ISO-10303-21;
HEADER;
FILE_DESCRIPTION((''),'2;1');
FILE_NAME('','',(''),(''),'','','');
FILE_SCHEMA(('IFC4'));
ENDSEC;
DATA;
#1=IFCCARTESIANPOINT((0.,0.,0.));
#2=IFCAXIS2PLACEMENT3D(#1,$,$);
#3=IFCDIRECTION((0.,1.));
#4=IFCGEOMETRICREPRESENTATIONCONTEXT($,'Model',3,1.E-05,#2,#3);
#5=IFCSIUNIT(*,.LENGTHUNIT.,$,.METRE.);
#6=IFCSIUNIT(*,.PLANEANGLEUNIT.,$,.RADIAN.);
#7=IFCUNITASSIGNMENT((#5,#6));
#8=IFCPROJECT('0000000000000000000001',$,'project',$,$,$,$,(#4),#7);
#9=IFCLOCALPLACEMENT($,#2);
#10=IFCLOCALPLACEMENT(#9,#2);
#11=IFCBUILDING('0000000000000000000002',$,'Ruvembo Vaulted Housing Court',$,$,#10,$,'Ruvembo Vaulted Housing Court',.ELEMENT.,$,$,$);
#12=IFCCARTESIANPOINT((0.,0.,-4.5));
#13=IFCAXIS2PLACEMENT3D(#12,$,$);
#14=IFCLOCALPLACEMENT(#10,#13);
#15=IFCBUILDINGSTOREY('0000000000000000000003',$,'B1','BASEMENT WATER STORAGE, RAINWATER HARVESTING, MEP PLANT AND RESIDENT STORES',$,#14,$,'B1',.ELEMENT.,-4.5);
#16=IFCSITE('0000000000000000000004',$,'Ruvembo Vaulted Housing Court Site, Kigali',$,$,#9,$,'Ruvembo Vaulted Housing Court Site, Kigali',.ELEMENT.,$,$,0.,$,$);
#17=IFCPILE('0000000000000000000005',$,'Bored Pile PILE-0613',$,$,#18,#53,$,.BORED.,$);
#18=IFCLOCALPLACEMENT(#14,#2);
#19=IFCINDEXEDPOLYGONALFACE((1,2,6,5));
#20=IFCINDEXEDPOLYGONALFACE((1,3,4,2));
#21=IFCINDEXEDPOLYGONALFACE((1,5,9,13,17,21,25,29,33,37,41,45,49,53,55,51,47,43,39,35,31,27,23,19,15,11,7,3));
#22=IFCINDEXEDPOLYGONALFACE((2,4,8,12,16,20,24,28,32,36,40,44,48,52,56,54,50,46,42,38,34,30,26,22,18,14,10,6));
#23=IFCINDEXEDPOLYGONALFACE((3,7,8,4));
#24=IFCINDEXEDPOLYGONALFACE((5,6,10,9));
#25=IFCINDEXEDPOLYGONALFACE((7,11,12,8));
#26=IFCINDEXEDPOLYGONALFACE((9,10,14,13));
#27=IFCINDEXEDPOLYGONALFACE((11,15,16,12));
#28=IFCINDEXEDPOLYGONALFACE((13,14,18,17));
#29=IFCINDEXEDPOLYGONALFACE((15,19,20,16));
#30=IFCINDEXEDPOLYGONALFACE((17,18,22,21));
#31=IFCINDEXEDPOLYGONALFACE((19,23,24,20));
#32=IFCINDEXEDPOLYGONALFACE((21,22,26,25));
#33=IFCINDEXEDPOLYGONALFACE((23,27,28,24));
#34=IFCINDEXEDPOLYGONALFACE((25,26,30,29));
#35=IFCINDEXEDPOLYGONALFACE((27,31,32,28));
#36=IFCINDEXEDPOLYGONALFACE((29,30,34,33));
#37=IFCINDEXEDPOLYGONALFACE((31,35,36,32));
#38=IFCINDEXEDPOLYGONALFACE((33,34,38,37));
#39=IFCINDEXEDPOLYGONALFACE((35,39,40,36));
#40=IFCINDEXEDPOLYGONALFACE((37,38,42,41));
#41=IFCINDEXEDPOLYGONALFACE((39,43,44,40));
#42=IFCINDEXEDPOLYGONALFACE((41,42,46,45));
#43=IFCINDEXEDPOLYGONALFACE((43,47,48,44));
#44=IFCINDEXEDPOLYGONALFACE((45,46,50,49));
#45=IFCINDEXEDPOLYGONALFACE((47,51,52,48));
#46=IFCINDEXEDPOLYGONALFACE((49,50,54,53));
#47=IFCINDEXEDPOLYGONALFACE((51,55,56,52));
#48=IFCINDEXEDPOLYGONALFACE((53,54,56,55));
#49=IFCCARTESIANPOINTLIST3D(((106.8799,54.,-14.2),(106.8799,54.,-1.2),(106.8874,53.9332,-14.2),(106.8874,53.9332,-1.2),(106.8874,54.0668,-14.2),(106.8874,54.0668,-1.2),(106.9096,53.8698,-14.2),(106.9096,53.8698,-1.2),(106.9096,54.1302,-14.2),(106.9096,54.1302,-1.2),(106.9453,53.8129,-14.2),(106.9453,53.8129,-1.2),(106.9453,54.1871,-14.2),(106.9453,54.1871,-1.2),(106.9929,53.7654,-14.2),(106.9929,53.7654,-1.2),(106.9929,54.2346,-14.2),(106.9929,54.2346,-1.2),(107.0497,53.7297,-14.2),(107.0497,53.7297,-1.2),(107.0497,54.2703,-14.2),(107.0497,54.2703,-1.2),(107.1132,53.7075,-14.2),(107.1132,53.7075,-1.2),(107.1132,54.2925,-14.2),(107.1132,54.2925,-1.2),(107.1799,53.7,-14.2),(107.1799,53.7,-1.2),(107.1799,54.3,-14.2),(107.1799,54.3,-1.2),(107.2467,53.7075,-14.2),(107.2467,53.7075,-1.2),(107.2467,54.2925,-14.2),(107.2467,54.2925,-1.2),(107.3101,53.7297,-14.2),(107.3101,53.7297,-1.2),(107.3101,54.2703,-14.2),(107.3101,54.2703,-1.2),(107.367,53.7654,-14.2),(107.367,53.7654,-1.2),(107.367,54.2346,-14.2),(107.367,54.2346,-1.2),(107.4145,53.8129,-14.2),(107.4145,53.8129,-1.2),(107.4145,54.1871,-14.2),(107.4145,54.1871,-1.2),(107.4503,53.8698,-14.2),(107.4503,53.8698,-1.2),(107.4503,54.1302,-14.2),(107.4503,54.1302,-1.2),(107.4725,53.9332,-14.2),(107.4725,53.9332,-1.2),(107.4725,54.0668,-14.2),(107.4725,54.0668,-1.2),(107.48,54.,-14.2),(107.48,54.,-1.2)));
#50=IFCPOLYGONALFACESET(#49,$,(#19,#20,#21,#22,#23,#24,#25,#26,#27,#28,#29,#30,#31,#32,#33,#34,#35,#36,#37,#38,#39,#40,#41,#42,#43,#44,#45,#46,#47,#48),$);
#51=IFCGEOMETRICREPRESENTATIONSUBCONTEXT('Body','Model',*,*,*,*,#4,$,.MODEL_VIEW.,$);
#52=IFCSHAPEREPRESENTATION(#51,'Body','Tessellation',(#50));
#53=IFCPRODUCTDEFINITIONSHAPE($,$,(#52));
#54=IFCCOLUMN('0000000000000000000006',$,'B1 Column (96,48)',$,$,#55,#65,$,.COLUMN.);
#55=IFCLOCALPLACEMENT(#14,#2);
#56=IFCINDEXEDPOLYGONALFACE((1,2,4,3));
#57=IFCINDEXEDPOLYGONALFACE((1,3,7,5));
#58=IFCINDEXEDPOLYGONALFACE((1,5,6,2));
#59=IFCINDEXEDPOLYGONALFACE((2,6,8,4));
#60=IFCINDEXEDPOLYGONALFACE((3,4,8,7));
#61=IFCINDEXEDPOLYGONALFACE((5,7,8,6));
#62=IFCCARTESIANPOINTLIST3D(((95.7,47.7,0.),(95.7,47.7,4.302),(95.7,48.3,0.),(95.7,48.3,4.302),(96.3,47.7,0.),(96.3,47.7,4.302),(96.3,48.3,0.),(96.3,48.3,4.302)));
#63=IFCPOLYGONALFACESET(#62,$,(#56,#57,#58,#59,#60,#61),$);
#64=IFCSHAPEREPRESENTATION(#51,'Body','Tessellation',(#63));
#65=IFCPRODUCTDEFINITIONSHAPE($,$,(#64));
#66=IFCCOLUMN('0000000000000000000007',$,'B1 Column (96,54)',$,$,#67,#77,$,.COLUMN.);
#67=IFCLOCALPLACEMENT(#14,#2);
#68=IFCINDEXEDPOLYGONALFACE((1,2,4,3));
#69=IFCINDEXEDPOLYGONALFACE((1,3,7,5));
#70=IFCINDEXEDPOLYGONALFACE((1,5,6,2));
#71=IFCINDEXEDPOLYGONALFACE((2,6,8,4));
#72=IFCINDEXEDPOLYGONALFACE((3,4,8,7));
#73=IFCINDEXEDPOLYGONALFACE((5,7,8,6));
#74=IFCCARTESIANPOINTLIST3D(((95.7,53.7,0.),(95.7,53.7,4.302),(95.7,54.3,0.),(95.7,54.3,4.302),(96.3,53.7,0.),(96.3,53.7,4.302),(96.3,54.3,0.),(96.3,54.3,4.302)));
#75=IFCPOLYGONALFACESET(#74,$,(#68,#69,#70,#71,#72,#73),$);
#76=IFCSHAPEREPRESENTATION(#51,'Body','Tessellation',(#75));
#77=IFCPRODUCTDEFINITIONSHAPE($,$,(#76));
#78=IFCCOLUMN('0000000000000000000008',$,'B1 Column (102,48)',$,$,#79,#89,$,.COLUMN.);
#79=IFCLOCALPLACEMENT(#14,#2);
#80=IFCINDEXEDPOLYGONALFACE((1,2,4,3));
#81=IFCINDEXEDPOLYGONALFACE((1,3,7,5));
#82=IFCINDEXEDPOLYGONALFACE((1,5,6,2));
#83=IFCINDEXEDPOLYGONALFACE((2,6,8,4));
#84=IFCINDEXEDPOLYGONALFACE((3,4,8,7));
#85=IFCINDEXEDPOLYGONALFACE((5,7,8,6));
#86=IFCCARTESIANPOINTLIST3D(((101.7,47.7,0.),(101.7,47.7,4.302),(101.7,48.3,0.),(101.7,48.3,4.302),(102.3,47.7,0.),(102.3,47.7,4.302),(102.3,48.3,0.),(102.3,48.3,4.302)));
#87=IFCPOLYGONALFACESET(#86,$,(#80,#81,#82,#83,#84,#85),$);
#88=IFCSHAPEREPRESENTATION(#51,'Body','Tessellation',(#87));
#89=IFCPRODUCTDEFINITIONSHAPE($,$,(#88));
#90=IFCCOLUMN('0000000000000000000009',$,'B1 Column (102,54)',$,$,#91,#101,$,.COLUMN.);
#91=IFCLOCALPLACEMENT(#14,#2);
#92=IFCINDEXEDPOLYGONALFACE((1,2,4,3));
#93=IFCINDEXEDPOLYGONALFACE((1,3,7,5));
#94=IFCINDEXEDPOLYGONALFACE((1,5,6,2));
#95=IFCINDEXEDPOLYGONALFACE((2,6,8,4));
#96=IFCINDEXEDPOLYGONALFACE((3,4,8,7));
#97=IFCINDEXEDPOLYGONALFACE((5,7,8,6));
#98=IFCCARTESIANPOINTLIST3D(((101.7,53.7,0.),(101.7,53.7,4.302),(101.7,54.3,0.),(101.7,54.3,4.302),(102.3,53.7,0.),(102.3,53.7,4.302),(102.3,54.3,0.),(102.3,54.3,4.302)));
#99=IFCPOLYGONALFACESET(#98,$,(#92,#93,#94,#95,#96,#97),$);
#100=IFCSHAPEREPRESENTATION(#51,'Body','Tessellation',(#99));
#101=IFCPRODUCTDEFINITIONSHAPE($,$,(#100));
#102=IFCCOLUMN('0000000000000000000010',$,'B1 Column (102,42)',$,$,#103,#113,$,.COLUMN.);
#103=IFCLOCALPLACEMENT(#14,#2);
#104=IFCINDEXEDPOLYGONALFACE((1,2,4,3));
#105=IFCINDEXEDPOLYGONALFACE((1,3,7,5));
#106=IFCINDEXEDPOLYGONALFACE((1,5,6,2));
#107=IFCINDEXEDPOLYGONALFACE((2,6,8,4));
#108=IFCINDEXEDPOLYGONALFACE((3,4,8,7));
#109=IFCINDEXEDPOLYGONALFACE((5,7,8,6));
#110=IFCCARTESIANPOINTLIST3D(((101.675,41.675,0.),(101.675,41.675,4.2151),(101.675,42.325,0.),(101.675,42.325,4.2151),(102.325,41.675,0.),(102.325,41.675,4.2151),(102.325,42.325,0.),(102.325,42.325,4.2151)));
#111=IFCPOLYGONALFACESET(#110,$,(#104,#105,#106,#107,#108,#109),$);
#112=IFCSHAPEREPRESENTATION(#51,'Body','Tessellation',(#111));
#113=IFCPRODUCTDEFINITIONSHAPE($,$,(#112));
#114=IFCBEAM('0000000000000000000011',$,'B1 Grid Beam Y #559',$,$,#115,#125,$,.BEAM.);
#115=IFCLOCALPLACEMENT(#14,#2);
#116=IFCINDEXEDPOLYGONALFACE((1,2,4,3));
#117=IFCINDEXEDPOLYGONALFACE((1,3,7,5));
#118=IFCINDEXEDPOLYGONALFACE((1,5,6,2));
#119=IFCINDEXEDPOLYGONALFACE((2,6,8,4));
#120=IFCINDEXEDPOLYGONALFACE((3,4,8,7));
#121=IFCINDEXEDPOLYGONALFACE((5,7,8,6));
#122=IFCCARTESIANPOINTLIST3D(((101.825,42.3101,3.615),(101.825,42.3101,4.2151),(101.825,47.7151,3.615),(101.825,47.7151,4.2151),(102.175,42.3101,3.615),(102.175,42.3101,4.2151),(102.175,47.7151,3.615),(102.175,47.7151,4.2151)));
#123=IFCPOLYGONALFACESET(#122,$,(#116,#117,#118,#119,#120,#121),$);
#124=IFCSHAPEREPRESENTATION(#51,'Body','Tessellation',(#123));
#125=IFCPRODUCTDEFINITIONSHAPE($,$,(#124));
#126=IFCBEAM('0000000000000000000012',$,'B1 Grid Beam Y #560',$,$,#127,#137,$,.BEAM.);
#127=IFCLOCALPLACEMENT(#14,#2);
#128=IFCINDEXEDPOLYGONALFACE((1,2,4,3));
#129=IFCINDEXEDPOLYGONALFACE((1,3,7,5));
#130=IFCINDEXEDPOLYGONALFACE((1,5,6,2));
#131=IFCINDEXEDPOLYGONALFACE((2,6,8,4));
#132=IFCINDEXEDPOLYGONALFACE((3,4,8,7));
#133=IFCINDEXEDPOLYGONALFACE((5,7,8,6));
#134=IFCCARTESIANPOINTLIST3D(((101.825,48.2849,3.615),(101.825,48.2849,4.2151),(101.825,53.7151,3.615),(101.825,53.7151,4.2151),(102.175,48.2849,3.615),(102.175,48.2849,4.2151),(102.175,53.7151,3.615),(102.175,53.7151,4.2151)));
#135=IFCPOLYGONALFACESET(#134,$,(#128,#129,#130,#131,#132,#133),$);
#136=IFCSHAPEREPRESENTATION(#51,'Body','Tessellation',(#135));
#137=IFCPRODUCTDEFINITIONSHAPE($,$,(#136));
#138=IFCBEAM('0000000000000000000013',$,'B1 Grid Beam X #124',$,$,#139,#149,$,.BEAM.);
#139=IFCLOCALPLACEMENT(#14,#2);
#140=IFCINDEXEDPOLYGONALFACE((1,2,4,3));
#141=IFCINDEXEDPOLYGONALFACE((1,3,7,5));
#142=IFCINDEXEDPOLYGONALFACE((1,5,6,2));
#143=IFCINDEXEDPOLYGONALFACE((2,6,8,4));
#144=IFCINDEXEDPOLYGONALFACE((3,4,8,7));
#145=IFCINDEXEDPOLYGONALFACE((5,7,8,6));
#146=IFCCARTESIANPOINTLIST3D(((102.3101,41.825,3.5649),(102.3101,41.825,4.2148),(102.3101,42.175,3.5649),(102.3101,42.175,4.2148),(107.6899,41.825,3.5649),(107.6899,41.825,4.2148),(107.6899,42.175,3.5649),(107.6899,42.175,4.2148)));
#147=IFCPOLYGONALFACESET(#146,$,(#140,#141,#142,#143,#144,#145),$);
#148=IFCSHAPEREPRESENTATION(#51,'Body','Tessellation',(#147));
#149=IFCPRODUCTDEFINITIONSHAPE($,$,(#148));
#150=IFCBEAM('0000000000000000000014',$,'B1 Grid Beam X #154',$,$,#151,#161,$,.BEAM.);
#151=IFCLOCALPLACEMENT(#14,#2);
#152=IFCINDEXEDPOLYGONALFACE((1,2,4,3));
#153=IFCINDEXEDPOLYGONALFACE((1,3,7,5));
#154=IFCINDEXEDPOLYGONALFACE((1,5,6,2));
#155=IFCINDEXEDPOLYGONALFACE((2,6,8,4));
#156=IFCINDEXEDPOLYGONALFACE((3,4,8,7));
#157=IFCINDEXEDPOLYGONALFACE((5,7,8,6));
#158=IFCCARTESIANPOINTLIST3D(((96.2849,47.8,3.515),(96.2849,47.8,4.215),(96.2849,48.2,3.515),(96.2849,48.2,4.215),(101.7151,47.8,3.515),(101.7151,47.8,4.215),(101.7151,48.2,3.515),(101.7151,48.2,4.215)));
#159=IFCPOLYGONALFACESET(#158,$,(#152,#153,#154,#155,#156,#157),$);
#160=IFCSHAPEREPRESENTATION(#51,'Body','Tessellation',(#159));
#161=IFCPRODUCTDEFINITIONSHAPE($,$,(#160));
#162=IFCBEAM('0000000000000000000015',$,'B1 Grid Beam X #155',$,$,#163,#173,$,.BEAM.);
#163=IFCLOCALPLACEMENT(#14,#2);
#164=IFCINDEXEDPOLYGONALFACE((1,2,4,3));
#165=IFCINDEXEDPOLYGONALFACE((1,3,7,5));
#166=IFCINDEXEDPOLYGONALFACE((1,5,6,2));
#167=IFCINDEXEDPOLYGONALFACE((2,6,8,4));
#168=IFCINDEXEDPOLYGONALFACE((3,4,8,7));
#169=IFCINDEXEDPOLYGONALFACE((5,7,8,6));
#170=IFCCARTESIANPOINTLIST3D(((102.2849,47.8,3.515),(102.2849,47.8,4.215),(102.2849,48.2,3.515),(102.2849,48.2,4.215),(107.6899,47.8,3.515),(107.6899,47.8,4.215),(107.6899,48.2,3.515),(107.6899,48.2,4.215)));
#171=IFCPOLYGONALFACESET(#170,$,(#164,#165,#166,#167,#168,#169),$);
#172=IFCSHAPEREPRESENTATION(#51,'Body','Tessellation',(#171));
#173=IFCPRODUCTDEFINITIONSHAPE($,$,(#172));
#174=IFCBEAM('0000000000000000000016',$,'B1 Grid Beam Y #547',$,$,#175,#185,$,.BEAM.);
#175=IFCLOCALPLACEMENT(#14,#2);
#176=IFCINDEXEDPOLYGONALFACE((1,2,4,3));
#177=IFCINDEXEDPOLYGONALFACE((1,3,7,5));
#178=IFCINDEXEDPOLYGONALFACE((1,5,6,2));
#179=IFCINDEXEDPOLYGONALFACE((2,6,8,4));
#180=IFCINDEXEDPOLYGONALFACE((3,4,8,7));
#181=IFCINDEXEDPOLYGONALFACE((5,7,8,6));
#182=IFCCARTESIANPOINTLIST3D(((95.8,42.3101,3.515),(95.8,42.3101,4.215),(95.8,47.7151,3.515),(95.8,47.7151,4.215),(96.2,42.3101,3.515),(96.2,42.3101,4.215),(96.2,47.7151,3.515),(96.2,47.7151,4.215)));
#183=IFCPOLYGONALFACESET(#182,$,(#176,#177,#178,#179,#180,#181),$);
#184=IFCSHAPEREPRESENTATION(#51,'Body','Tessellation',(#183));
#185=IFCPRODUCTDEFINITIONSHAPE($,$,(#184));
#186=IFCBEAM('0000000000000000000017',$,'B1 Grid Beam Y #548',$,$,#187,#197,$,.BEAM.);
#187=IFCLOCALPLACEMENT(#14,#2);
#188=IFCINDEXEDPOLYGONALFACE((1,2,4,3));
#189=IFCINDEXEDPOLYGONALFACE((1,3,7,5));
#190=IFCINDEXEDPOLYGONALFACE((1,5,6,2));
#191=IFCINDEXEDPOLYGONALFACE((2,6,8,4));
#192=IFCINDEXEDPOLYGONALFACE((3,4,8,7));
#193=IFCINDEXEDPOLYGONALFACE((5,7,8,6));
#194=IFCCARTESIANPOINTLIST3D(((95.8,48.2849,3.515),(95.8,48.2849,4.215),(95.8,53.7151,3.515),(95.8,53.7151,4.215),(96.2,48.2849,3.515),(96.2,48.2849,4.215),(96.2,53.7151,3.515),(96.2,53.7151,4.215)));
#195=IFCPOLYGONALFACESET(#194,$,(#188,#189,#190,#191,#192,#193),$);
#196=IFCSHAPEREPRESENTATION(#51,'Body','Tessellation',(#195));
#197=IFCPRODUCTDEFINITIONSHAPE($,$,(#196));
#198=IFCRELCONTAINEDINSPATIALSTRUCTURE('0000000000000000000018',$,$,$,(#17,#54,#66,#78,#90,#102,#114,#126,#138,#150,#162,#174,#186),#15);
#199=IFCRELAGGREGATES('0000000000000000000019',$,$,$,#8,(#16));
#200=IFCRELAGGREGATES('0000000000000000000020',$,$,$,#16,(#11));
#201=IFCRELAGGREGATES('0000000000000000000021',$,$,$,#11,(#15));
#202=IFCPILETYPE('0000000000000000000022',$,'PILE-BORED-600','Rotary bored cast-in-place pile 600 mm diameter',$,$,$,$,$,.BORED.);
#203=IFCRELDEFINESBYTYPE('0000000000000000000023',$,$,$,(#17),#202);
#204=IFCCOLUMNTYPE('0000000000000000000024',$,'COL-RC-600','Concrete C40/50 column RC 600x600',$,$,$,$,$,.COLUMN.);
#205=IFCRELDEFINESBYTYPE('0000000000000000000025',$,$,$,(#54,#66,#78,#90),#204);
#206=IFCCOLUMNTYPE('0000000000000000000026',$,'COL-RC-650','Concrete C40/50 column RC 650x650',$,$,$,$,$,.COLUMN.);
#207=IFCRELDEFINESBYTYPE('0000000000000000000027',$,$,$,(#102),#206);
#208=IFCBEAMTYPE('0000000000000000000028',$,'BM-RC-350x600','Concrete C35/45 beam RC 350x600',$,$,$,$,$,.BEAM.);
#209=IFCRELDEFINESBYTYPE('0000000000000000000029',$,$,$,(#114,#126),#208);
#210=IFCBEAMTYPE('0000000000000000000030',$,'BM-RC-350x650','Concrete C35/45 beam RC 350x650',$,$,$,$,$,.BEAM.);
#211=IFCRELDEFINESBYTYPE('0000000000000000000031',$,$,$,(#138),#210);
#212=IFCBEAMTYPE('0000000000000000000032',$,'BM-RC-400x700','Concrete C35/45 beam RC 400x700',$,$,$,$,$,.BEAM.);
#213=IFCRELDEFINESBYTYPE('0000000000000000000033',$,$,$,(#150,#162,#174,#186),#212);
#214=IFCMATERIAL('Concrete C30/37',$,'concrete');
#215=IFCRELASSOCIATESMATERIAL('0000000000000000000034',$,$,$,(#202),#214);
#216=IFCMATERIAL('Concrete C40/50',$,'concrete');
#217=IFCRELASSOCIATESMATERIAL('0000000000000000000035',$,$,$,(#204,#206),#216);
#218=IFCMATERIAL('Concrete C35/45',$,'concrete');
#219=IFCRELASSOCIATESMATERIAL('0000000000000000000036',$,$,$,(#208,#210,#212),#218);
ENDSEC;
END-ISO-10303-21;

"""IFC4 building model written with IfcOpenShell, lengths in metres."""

from ifc_helpers import new_model, si_unit, direction, frame, origin, origin_2d, place, context, subcontext, project, spatial, rectangle, circle, extrude, material, material_profile, profile_set, type_object, element, save


model = new_model("IFC4")

# Units and contexts
model_context = context("Model", 3, precision=1e-05, world=origin(), true_north=direction((0.0, 1.0)))
body_context = subcontext(model_context, "Body", "Model", "MODEL_VIEW")
ifc_project = project(units=[si_unit("LENGTHUNIT", "METRE"), si_unit("PLANEANGLEUNIT", "RADIAN")], contexts=[model_context])

# Site, building, storey
site_placement = place(None, origin())
site = spatial("IfcSite", under=ifc_project, at=site_placement, Name="Ruvembo Vaulted Housing Court Site, Kigali", LongName="Ruvembo Vaulted Housing Court Site, Kigali", CompositionType="ELEMENT", RefElevation=0.0)
building_placement = place(site_placement, origin())
building = spatial("IfcBuilding", under=site, at=building_placement, Name="Ruvembo Vaulted Housing Court", LongName="Ruvembo Vaulted Housing Court", CompositionType="ELEMENT")
storey_placement = place(building_placement, frame((0.0, 0.0, -4.5)))
storey = spatial("IfcBuildingStorey", under=building, at=storey_placement, Name="B1", Description="BASEMENT WATER STORAGE, RAINWATER HARVESTING, MEP PLANT AND RESIDENT STORES", LongName="B1", CompositionType="ELEMENT", Elevation=-4.5)

# Shared definitions
ifc_material_1 = material(Name="Concrete C35/45", Category="concrete")

# Pile
ifc_material_2 = material(Name="Concrete C30/37", Category="concrete")
ifc_material_profile_1 = material_profile(ifc_material_2, circle(Radius=0.3, at=origin_2d()), Name="PILE D600")
ifc_profile_set_1 = profile_set([ifc_material_profile_1], Name="Concrete C30/37")
pile_type = type_object("IfcPileType", Name="PILE-BORED-600", Description="Rotary bored cast-in-place pile 600 mm diameter", PredefinedType="BORED", material=ifc_profile_set_1)
for number, where, z_axis, x_axis, name in (
    (1, (107.1799, 54.0, -1.2), (0.0, 0.0, -1.0), (1.0, 0.0, 0.0), "Bored Pile PILE-0613"),
):
    element("IfcPile", number, at=place(storey_placement, frame(where, z_axis=z_axis, x_axis=x_axis)), inside=storey, type_object=pile_type, Name=name, PredefinedType="BORED", context=body_context, shape_type="SweptSolid", body=[
        extrude(circle(Radius=0.3, at=origin_2d()), origin(), (0.0, 0.0, 1.0), 13.0),
    ])

# Columns
ifc_material_3 = material(Name="Concrete C40/50", Category="concrete")
ifc_material_profile_2 = material_profile(ifc_material_3, rectangle(XDim=0.6001, YDim=0.6001, at=origin_2d()), Name="RC 600x600")
ifc_profile_set_2 = profile_set([ifc_material_profile_2], Name="Concrete C40/50")
column_type_1 = type_object("IfcColumnType", Name="COL-RC-600", Description="Concrete C40/50 column RC 600x600", PredefinedType="COLUMN", material=ifc_profile_set_2)
for number, where, z_axis, x_axis, name in (
    (2, (96.0, 48.0, 0.0), (0.0, 0.0, 1.0), (1.0, 0.0, 0.0), "B1 Column (96,48)"),
    (3, (96.0, 54.0, 0.0), (0.0, 0.0, 1.0), (1.0, 0.0, 0.0), "B1 Column (96,54)"),
    (4, (102.0, 48.0, 0.0), (0.0, 0.0, 1.0), (1.0, 0.0, 0.0), "B1 Column (102,48)"),
    (5, (102.0, 54.0, 0.0), (0.0, 0.0, 1.0), (1.0, 0.0, 0.0), "B1 Column (102,54)"),
):
    element("IfcColumn", number, at=place(storey_placement, frame(where, z_axis=z_axis, x_axis=x_axis)), inside=storey, type_object=column_type_1, Name=name, PredefinedType="COLUMN", context=body_context, shape_type="SweptSolid", body=[
        extrude(rectangle(XDim=0.6001, YDim=0.6001, at=origin_2d()), origin(), (0.0, 0.0, 1.0), 4.302),
    ])
ifc_material_profile_3 = material_profile(ifc_material_3, rectangle(XDim=0.6499, YDim=0.6499, at=origin_2d()), Name="RC 650x650")
ifc_profile_set_3 = profile_set([ifc_material_profile_3], Name="Concrete C40/50")
column_type_2 = type_object("IfcColumnType", Name="COL-RC-650", Description="Concrete C40/50 column RC 650x650", PredefinedType="COLUMN", material=ifc_profile_set_3)
column_placement = place(storey_placement, frame((102.0, 42.0, 0.0), z_axis=(0.0, 0.0, 1.0), x_axis=(1.0, 0.0, 0.0)))
element("IfcColumn", 6, at=column_placement, inside=storey, type_object=column_type_2, Name="B1 Column (102,42)", PredefinedType="COLUMN", context=body_context, shape_type="SweptSolid", body=[
    extrude(rectangle(XDim=0.6499, YDim=0.6499, at=origin_2d()), origin(), (0.0, 0.0, 1.0), 4.2151),
])

# Beams
ifc_material_profile_4 = material_profile(ifc_material_1, rectangle(XDim=0.3501, YDim=0.6001, at=origin_2d()), Name="RC 350x600")
ifc_profile_set_4 = profile_set([ifc_material_profile_4], Name="Concrete C35/45")
beam_type_1 = type_object("IfcBeamType", Name="BM-RC-350x600", Description="Concrete C35/45 beam RC 350x600", PredefinedType="BEAM", material=ifc_profile_set_4)
beam_1_placement = place(storey_placement, frame((102.0, 42.3101, 3.915), z_axis=(0.0, 1.0, 0.0), x_axis=(-1.0, 0.0, 0.0)))
element("IfcBeam", 7, at=beam_1_placement, inside=storey, type_object=beam_type_1, Name="B1 Grid Beam Y #559", PredefinedType="BEAM", context=body_context, shape_type="SweptSolid", body=[
    extrude(rectangle(XDim=0.3501, YDim=0.6001, at=origin_2d()), origin(), (0.0, 0.0, 1.0), 5.405),
])
beam_2_placement = place(storey_placement, frame((102.0, 48.2849, 3.915), z_axis=(0.0, 1.0, 0.0), x_axis=(-1.0, 0.0, 0.0)))
element("IfcBeam", 8, at=beam_2_placement, inside=storey, type_object=beam_type_1, Name="B1 Grid Beam Y #560", PredefinedType="BEAM", context=body_context, shape_type="SweptSolid", body=[
    extrude(rectangle(XDim=0.3501, YDim=0.6001, at=origin_2d()), origin(), (0.0, 0.0, 1.0), 5.4302),
])
ifc_material_profile_5 = material_profile(ifc_material_1, rectangle(XDim=0.3501, YDim=0.6499, at=origin_2d()), Name="RC 350x650")
ifc_profile_set_5 = profile_set([ifc_material_profile_5], Name="Concrete C35/45")
beam_type_2 = type_object("IfcBeamType", Name="BM-RC-350x650", Description="Concrete C35/45 beam RC 350x650", PredefinedType="BEAM", material=ifc_profile_set_5)
beam_3_placement = place(storey_placement, frame((102.3101, 42.0, 3.8899), z_axis=(1.0, 0.0, 0.0), x_axis=(0.0, 1.0, 0.0)))
element("IfcBeam", 9, at=beam_3_placement, inside=storey, type_object=beam_type_2, Name="B1 Grid Beam X #124", PredefinedType="BEAM", context=body_context, shape_type="SweptSolid", body=[
    extrude(rectangle(XDim=0.3501, YDim=0.6499, at=origin_2d()), origin(), (0.0, 0.0, 1.0), 5.3799),
])
ifc_material_profile_6 = material_profile(ifc_material_1, rectangle(XDim=0.3999, YDim=0.7, at=origin_2d()), Name="RC 400x700")
ifc_profile_set_6 = profile_set([ifc_material_profile_6], Name="Concrete C35/45")
beam_type_3 = type_object("IfcBeamType", Name="BM-RC-400x700", Description="Concrete C35/45 beam RC 400x700", PredefinedType="BEAM", material=ifc_profile_set_6)
beam_4_placement = place(storey_placement, frame((96.2849, 48.0, 3.865), z_axis=(1.0, 0.0, 0.0), x_axis=(0.0, 1.0, 0.0)))
element("IfcBeam", 10, at=beam_4_placement, inside=storey, type_object=beam_type_3, Name="B1 Grid Beam X #154", PredefinedType="BEAM", context=body_context, shape_type="SweptSolid", body=[
    extrude(rectangle(XDim=0.3999, YDim=0.7, at=origin_2d()), origin(), (0.0, 0.0, 1.0), 5.4302),
])
for number, where, z_axis, x_axis, name in (
    (11, (102.2849, 48.0, 3.865), (1.0, 0.0, 0.0), (0.0, 1.0, 0.0), "B1 Grid Beam X #155"),
    (12, (96.0, 42.3101, 3.865), (0.0, 1.0, 0.0), (-1.0, 0.0, 0.0), "B1 Grid Beam Y #547"),
):
    element("IfcBeam", number, at=place(storey_placement, frame(where, z_axis=z_axis, x_axis=x_axis)), inside=storey, type_object=beam_type_3, Name=name, PredefinedType="BEAM", context=body_context, shape_type="SweptSolid", body=[
        extrude(rectangle(XDim=0.3999, YDim=0.7, at=origin_2d()), origin(), (0.0, 0.0, 1.0), 5.405),
    ])
beam_5_placement = place(storey_placement, frame((96.0, 48.2849, 3.865), z_axis=(0.0, 1.0, 0.0), x_axis=(-1.0, 0.0, 0.0)))
element("IfcBeam", 13, at=beam_5_placement, inside=storey, type_object=beam_type_3, Name="B1 Grid Beam Y #548", PredefinedType="BEAM", context=body_context, shape_type="SweptSolid", body=[
    extrude(rectangle(XDim=0.3999, YDim=0.7, at=origin_2d()), origin(), (0.0, 0.0, 1.0), 5.4302),
])

save(model, "model.ifc")
